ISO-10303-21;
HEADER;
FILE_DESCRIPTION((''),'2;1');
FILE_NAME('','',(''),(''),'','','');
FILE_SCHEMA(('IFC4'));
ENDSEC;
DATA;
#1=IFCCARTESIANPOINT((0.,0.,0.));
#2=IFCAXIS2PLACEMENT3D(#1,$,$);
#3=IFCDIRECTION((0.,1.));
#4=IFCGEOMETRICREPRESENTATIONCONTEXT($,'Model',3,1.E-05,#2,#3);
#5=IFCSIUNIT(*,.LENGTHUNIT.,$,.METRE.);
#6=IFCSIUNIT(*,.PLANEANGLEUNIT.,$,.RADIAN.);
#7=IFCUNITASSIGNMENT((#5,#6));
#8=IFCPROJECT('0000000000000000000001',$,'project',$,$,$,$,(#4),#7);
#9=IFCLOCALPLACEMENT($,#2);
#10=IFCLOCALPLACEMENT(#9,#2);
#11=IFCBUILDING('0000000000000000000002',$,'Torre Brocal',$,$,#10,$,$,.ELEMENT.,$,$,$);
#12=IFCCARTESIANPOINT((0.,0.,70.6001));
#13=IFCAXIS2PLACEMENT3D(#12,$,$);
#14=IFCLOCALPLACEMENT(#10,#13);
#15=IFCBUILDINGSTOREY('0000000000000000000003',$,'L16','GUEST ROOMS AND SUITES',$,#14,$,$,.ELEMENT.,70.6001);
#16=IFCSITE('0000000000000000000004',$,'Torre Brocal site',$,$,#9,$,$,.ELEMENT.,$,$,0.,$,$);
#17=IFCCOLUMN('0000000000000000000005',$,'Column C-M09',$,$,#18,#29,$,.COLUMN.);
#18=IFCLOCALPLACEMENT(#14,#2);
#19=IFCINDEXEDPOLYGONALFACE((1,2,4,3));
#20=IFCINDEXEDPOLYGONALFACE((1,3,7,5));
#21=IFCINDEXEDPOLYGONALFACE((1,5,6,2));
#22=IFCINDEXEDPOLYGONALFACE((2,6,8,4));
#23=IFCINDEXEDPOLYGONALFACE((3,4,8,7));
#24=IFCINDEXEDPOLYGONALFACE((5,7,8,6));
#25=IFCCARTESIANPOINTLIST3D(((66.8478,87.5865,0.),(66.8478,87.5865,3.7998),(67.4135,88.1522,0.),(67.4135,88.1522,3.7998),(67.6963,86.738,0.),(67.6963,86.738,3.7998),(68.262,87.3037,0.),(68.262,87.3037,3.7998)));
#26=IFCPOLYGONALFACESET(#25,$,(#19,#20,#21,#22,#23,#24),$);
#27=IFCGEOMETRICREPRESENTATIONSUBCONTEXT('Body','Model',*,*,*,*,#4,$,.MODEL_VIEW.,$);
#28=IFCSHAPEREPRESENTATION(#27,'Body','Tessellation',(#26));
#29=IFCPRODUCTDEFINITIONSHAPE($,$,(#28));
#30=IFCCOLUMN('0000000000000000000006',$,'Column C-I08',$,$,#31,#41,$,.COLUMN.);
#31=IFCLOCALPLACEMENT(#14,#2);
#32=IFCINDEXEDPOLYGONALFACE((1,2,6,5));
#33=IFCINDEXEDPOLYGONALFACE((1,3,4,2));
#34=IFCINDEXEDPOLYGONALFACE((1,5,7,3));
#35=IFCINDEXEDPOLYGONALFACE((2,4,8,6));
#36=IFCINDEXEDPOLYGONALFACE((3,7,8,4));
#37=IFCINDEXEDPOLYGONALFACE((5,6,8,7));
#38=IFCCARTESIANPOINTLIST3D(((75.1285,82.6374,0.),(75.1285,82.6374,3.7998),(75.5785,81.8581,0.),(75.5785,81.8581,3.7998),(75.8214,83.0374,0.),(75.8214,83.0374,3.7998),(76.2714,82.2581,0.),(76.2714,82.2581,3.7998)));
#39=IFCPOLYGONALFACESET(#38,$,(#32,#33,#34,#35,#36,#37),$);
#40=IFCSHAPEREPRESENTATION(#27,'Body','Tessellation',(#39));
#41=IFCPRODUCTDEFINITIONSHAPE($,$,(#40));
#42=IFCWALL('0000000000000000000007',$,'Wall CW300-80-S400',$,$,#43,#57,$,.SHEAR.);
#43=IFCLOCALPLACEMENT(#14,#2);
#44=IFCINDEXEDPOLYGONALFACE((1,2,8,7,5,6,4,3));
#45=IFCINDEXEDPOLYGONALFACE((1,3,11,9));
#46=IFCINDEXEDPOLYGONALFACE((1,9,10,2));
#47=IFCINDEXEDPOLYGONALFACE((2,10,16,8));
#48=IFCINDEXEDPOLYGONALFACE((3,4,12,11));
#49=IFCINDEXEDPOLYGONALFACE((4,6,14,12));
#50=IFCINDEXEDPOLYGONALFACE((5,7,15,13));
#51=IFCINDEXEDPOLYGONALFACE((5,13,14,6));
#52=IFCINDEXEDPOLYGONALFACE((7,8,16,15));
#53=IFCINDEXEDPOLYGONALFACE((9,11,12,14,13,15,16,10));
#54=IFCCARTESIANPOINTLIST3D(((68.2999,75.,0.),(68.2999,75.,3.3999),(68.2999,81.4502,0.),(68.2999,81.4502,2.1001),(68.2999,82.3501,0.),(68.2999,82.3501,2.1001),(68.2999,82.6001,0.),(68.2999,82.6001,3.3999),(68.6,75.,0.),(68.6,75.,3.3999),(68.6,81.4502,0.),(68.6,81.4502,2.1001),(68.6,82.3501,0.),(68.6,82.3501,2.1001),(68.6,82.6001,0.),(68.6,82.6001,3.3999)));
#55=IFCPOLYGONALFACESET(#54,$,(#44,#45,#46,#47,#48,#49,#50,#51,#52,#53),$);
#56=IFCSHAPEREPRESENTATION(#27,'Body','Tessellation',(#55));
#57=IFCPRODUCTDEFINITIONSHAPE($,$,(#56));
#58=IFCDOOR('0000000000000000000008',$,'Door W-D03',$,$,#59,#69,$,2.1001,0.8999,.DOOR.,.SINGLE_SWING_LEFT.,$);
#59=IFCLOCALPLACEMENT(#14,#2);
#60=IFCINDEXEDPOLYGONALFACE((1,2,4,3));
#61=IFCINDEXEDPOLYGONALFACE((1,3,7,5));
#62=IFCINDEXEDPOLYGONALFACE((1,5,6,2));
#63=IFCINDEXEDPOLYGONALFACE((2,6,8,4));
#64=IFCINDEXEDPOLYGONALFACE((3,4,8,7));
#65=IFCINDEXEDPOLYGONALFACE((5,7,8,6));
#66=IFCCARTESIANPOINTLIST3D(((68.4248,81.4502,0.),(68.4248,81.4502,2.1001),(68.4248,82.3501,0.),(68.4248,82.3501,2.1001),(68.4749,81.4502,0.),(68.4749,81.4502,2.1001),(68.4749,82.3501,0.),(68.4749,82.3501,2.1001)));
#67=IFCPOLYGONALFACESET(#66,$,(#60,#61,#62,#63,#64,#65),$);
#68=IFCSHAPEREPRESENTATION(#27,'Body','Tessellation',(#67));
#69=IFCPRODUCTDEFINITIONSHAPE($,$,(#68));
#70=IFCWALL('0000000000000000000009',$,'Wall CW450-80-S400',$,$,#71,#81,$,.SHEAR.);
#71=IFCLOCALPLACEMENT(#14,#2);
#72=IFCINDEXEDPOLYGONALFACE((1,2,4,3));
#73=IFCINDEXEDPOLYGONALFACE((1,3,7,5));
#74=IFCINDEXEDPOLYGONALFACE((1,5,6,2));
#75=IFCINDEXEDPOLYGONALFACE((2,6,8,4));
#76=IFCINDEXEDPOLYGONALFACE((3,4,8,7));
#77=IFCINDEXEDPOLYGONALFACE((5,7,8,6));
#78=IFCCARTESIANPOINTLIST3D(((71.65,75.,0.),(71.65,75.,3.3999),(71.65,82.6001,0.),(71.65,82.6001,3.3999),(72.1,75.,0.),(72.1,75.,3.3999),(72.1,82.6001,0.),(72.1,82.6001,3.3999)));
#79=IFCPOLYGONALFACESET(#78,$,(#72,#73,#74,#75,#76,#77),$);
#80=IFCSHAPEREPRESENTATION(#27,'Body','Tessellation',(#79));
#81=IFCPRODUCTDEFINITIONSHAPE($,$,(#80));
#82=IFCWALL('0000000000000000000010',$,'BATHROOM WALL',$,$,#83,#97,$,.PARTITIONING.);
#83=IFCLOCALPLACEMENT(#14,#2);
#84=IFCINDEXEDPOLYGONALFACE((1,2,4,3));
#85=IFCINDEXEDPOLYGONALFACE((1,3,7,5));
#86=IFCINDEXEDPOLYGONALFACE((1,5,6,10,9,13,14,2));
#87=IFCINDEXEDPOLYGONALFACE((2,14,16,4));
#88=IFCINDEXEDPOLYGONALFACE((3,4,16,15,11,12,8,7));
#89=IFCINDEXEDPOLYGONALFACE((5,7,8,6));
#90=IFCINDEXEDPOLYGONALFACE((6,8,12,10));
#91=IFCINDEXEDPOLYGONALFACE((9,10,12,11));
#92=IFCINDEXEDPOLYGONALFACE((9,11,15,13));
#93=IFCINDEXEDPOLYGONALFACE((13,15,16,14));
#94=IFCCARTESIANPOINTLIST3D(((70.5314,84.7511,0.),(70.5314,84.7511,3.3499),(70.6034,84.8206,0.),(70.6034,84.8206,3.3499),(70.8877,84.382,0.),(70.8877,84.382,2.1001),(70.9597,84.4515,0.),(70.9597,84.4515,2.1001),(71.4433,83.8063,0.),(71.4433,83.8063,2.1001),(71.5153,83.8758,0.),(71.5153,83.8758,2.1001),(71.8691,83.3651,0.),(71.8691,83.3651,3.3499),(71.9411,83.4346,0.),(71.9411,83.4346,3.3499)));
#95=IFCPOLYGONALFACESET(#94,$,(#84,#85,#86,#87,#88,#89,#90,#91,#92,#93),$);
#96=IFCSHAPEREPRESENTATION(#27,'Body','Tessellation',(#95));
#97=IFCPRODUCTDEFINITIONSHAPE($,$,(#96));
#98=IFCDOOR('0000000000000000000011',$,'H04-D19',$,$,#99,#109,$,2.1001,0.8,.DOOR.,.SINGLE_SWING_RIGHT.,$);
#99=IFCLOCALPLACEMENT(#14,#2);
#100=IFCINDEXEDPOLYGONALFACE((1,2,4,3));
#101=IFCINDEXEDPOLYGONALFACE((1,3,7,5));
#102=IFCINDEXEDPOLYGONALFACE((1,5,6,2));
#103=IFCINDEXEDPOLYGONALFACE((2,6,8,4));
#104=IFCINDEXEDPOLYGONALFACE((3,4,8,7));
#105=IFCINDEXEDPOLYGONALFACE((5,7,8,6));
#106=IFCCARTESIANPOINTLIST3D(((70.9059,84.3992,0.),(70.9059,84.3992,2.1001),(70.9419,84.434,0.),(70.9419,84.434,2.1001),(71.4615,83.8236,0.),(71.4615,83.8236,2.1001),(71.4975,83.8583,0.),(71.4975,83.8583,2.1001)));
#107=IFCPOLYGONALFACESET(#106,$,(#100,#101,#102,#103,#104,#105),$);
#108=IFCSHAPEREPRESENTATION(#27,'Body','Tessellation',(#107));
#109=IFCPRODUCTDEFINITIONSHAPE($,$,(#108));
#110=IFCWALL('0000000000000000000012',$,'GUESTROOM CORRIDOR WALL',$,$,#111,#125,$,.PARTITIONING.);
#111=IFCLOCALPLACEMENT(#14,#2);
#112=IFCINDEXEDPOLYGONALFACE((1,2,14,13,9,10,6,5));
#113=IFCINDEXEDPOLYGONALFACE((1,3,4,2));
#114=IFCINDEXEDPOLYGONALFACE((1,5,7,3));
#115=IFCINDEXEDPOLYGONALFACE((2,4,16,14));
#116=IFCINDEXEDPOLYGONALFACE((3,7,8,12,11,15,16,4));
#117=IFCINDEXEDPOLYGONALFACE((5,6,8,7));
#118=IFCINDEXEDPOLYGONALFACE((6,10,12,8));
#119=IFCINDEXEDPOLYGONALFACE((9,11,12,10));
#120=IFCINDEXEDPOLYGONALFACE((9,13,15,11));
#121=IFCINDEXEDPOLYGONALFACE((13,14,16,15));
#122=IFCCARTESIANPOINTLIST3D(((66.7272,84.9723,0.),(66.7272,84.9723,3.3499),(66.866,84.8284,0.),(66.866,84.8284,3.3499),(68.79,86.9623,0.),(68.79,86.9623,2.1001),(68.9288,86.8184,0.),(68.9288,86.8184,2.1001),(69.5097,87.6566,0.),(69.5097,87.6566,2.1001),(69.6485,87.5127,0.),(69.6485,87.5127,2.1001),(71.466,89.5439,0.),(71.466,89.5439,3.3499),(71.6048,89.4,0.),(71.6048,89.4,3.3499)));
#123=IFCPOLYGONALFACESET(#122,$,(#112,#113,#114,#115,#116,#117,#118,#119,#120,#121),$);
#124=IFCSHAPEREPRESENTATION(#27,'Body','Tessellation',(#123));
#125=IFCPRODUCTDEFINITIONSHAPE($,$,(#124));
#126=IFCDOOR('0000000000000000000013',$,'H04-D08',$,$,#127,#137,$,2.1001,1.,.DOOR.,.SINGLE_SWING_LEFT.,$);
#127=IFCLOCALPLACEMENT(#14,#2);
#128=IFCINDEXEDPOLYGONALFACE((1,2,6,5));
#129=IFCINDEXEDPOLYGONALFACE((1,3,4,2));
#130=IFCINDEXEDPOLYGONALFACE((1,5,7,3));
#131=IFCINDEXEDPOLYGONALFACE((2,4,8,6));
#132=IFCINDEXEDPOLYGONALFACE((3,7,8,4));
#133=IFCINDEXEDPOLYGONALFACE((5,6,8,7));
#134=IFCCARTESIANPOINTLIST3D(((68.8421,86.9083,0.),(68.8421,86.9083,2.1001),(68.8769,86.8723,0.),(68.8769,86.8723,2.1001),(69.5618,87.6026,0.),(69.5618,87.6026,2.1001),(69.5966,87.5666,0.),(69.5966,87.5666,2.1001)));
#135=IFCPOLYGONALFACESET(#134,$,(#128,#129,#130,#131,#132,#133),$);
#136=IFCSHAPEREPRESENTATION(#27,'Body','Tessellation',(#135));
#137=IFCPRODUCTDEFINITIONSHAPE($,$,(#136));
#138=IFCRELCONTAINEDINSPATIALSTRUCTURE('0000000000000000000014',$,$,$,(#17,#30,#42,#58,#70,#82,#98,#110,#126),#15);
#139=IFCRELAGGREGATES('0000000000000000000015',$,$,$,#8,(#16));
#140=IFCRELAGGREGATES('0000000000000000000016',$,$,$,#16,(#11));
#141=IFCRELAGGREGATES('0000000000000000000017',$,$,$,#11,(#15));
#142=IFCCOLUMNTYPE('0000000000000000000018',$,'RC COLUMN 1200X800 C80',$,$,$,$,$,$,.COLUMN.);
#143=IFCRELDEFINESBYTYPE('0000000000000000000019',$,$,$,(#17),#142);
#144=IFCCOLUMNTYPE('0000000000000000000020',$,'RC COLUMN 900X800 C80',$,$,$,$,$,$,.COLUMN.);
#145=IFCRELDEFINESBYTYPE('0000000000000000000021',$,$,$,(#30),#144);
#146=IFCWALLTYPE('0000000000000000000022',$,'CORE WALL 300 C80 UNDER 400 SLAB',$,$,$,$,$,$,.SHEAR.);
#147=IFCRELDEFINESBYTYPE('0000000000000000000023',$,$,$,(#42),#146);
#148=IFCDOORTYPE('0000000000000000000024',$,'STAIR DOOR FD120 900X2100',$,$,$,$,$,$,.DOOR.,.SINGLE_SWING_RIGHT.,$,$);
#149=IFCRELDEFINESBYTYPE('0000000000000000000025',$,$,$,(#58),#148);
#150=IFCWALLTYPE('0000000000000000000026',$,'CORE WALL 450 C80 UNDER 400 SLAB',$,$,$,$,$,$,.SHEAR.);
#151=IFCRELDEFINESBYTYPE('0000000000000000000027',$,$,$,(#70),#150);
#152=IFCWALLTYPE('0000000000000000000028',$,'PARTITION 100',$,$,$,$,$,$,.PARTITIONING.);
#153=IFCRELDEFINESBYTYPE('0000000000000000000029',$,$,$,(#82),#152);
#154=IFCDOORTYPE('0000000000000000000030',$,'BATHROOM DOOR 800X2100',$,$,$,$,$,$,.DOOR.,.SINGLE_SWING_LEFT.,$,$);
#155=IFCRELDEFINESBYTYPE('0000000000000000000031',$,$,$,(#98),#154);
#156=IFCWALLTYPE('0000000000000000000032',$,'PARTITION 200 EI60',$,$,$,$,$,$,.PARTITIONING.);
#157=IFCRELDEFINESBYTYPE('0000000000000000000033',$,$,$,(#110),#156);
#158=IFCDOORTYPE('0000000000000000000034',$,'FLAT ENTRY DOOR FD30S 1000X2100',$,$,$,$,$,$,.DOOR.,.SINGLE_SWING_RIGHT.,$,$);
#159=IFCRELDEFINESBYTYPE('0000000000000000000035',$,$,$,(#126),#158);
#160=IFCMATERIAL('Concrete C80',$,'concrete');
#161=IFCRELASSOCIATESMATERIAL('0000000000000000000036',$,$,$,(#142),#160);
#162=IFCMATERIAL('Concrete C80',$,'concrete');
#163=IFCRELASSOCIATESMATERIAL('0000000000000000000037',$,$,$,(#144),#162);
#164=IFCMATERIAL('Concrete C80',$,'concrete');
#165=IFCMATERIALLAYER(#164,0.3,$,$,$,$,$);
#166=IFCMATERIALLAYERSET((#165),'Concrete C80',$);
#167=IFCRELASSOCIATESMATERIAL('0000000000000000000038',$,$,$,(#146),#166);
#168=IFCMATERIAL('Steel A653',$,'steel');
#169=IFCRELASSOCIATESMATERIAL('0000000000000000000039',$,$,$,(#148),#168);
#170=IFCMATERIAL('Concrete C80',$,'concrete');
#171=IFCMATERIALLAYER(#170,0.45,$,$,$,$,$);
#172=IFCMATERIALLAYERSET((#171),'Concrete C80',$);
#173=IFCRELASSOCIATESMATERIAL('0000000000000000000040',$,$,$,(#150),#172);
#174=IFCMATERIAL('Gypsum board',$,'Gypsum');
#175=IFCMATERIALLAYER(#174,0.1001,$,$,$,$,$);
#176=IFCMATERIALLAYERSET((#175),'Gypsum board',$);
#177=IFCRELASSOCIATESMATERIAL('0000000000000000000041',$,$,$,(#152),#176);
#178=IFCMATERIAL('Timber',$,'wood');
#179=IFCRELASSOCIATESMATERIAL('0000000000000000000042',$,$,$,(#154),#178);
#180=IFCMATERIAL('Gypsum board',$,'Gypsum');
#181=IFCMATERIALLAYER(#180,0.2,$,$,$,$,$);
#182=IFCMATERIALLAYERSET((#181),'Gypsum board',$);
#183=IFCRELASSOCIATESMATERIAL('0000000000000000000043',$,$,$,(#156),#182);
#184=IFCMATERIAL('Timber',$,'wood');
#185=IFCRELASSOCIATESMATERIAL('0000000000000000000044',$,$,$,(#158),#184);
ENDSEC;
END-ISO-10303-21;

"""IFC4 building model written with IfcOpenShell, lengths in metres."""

from ifc_helpers import new_model, si_unit, direction, frame, frame_2d, origin, origin_2d, place, context, subcontext, project, spatial, rectangle, extrude, material, layer, layer_set, material_profile, profile_set, type_object, element, fill, save


model = new_model("IFC4")

# Units and contexts
model_context = context("Model", 3, precision=1e-05, world=origin(), true_north=direction((0.0, 1.0)))
body_context = subcontext(model_context, "Body", "Model", "MODEL_VIEW")
ifc_project = project(units=[si_unit("LENGTHUNIT", "METRE"), si_unit("PLANEANGLEUNIT", "RADIAN")], contexts=[model_context])

# Site, building, storey
site_placement = place(None, origin())
site = spatial("IfcSite", under=ifc_project, at=site_placement, Name="Torre Brocal site", CompositionType="ELEMENT", RefElevation=0.0)
building_placement = place(site_placement, origin())
building = spatial("IfcBuilding", under=site, at=building_placement, Name="Torre Brocal", CompositionType="ELEMENT")
storey_placement = place(building_placement, frame((0.0, 0.0, 70.6001)))
storey = spatial("IfcBuildingStorey", under=building, at=storey_placement, Name="L16", Description="GUEST ROOMS AND SUITES", CompositionType="ELEMENT", Elevation=70.6001)

# Columns
ifc_material_1 = material(Name="Concrete C80", Category="concrete")
ifc_material_profile_1 = material_profile(ifc_material_1, rectangle(XDim=1.2, YDim=0.8, at=origin_2d()), Name="RC 1200X800")
ifc_profile_set_1 = profile_set([ifc_material_profile_1], Name="Concrete C80")
column_type_1 = type_object("IfcColumnType", Name="RC COLUMN 1200X800 C80", PredefinedType="COLUMN", material=ifc_profile_set_1)
column_1_placement = place(storey_placement, frame((67.5549, 87.4451, 0.0), z_axis=(0.0, 0.0, 1.0), x_axis=(-0.707107, 0.707107, 0.0)))
element("IfcColumn", 1, at=column_1_placement, inside=storey, type_object=column_type_1, Name="Column C-M09", PredefinedType="COLUMN", context=body_context, shape_type="SweptSolid", body=[
    extrude(rectangle(XDim=1.2, YDim=0.8, at=origin_2d()), origin(), (0.0, 0.0, 1.0), 3.7998),
])
ifc_material_2 = material(Name="Concrete C80", Category="concrete")
ifc_material_profile_2 = material_profile(ifc_material_2, rectangle(XDim=0.8999, YDim=0.8, at=origin_2d()), Name="RC 900X800")
ifc_profile_set_2 = profile_set([ifc_material_profile_2], Name="Concrete C80")
column_type_2 = type_object("IfcColumnType", Name="RC COLUMN 900X800 C80", PredefinedType="COLUMN", material=ifc_profile_set_2)
column_2_placement = place(storey_placement, frame((75.7, 82.4478, 0.0), z_axis=(0.0, 0.0, 1.0), x_axis=(-0.5, 0.866025, 0.0)))
element("IfcColumn", 2, at=column_2_placement, inside=storey, type_object=column_type_2, Name="Column C-I08", PredefinedType="COLUMN", context=body_context, shape_type="SweptSolid", body=[
    extrude(rectangle(XDim=0.8999, YDim=0.8, at=origin_2d()), origin(), (0.0, 0.0, 1.0), 3.7998),
])

# Wall, opening, door
ifc_material_3 = material(Name="Concrete C80", Category="concrete")
ifc_layer_1 = layer(ifc_material_3, 0.3)
ifc_layer_set_1 = layer_set([ifc_layer_1], Name="Concrete C80")
wall_type_1 = type_object("IfcWallType", Name="CORE WALL 300 C80 UNDER 400 SLAB", PredefinedType="SHEAR", material=ifc_layer_set_1)
wall_1_placement = place(storey_placement, frame((68.45, 82.6001, 0.0), z_axis=(0.0, 0.0, 1.0), x_axis=(0.0, -1.0, 0.0)))
wall_1 = element("IfcWall", 3, at=wall_1_placement, inside=storey, type_object=wall_type_1, Name="Wall CW300-80-S400", PredefinedType="SHEAR", context=body_context, shape_type="SweptSolid", body=[
    extrude(rectangle(XDim=7.6001, YDim=0.3, at=frame_2d((3.8, 0.0))), origin(), (0.0, 0.0, 1.0), 3.3999),
])
opening_1_placement = place(wall_1_placement, frame((0.25, 0.0, 0.0)))
opening_1 = element("IfcOpeningElement", 4, at=opening_1_placement, cuts=wall_1, PredefinedType="OPENING", context=body_context, shape_type="SweptSolid", body=[
    extrude(rectangle(XDim=0.8999, YDim=2.1001, at=frame_2d((0.45, 1.05))), frame((0.0, 0.1599, 0.0), z_axis=(0.0, -1.0, 0.0), x_axis=(1.0, 0.0, 0.0)), (0.0, 0.0, 1.0), 0.3201),
])
ifc_material_4 = material(Name="Steel A653", Category="steel")
door_type_1 = type_object("IfcDoorType", Name="STAIR DOOR FD120 900X2100", OperationType="SINGLE_SWING_RIGHT", PredefinedType="DOOR", material=ifc_material_4)
door_1_placement = place(opening_1_placement, origin())
door_1 = element("IfcDoor", 5, at=door_1_placement, inside=storey, type_object=door_type_1, Name="Door W-D03", OperationType="SINGLE_SWING_LEFT", OverallHeight=2.1001, OverallWidth=0.8999, PredefinedType="DOOR", context=body_context, shape_type="SweptSolid", body=[
    extrude(rectangle(XDim=0.8999, YDim=2.1001, at=frame_2d((0.45, 1.05))), frame((0.0, 0.0249, 0.0), z_axis=(0.0, -1.0, 0.0), x_axis=(1.0, 0.0, 0.0)), (0.0, 0.0, 1.0), 0.05),
])
fill(opening_1, door_1)

# Wall
ifc_material_5 = material(Name="Concrete C80", Category="concrete")
ifc_layer_2 = layer(ifc_material_5, 0.45)
ifc_layer_set_2 = layer_set([ifc_layer_2], Name="Concrete C80")
wall_type_2 = type_object("IfcWallType", Name="CORE WALL 450 C80 UNDER 400 SLAB", PredefinedType="SHEAR", material=ifc_layer_set_2)
wall_2_placement = place(storey_placement, frame((71.875, 82.6001, 0.0), z_axis=(0.0, 0.0, 1.0), x_axis=(0.0, -1.0, 0.0)))
element("IfcWall", 6, at=wall_2_placement, inside=storey, type_object=wall_type_2, Name="Wall CW450-80-S400", PredefinedType="SHEAR", context=body_context, shape_type="SweptSolid", body=[
    extrude(rectangle(XDim=7.6001, YDim=0.45, at=frame_2d((3.8, 0.0))), origin(), (0.0, 0.0, 1.0), 3.3999),
])

# Walls, openings, doors
ifc_material_6 = material(Name="Gypsum board", Category="Gypsum")
ifc_layer_3 = layer(ifc_material_6, 0.1001)
ifc_layer_set_3 = layer_set([ifc_layer_3], Name="Gypsum board")
wall_type_3 = type_object("IfcWallType", Name="PARTITION 100", PredefinedType="PARTITIONING", material=ifc_layer_set_3)
wall_3_placement = place(storey_placement, frame((70.5674, 84.7859, 0.0), z_axis=(0.0, 0.0, 1.0), x_axis=(0.694447, -0.719543, 0.0)))
wall_3 = element("IfcWall", 7, at=wall_3_placement, inside=storey, type_object=wall_type_3, Name="BATHROOM WALL", PredefinedType="PARTITIONING", context=body_context, shape_type="SweptSolid", body=[
    extrude(rectangle(XDim=1.9263, YDim=0.1001, at=frame_2d((0.9631, 0.0))), origin(), (0.0, 0.0, 1.0), 3.3499),
])
opening_2_placement = place(wall_3_placement, frame((0.5132, 0.0, 0.0)))
opening_2 = element("IfcOpeningElement", 8, at=opening_2_placement, cuts=wall_3, PredefinedType="OPENING", context=body_context, shape_type="SweptSolid", body=[
    extrude(rectangle(XDim=0.8, YDim=2.1001, at=frame_2d((0.3999, 1.05))), frame((0.0, 0.0601, 0.0), z_axis=(0.0, -1.0, 0.0), x_axis=(1.0, 0.0, 0.0)), (0.0, 0.0, 1.0), 0.1201),
])
ifc_material_7 = material(Name="Timber", Category="wood")
door_type_2 = type_object("IfcDoorType", Name="BATHROOM DOOR 800X2100", OperationType="SINGLE_SWING_LEFT", PredefinedType="DOOR", material=ifc_material_7)
door_2_placement = place(opening_2_placement, frame((0.8, 0.0, 0.0), z_axis=(0.0, 0.0, 1.0), x_axis=(-1.0, 0.0, 0.0)))
door_2 = element("IfcDoor", 9, at=door_2_placement, inside=storey, type_object=door_type_2, Name="H04-D19", OperationType="SINGLE_SWING_RIGHT", OverallHeight=2.1001, OverallWidth=0.8, PredefinedType="DOOR", context=body_context, shape_type="SweptSolid", body=[
    extrude(rectangle(XDim=0.8, YDim=2.1001, at=frame_2d((0.3999, 1.05))), frame((0.0, 0.0249, 0.0), z_axis=(0.0, -1.0, 0.0), x_axis=(1.0, 0.0, 0.0)), (0.0, 0.0, 1.0), 0.05),
])
fill(opening_2, door_2)
ifc_material_8 = material(Name="Gypsum board", Category="Gypsum")
ifc_layer_4 = layer(ifc_material_8, 0.2)
ifc_layer_set_4 = layer_set([ifc_layer_4], Name="Gypsum board")
wall_type_4 = type_object("IfcWallType", Name="PARTITION 200 EI60", PredefinedType="PARTITIONING", material=ifc_layer_set_4)
wall_4_placement = place(storey_placement, frame((66.7966, 84.9004, 0.0), z_axis=(0.0, 0.0, 1.0), x_axis=(0.719692, 0.694293, 0.0)))
wall_4 = element("IfcWall", 10, at=wall_4_placement, inside=storey, type_object=wall_type_4, Name="GUESTROOM CORRIDOR WALL", PredefinedType="PARTITIONING", context=body_context, shape_type="SweptSolid", body=[
    extrude(rectangle(XDim=6.5845, YDim=0.2, at=frame_2d((3.2922, 0.0))), origin(), (0.0, 0.0, 1.0), 3.3499),
])
opening_3_placement = place(wall_4_placement, frame((2.8662, 0.0, 0.0)))
opening_3 = element("IfcOpeningElement", 11, at=opening_3_placement, cuts=wall_4, PredefinedType="OPENING", context=body_context, shape_type="SweptSolid", body=[
    extrude(rectangle(XDim=1.0, YDim=2.1001, at=frame_2d((0.5, 1.05))), frame((0.0, 0.1099, 0.0), z_axis=(0.0, -1.0, 0.0), x_axis=(1.0, 0.0, 0.0)), (0.0, 0.0, 1.0), 0.22),
])
ifc_material_9 = material(Name="Timber", Category="wood")
door_type_3 = type_object("IfcDoorType", Name="FLAT ENTRY DOOR FD30S 1000X2100", OperationType="SINGLE_SWING_RIGHT", PredefinedType="DOOR", material=ifc_material_9)
door_3_placement = place(opening_3_placement, origin())
door_3 = element("IfcDoor", 12, at=door_3_placement, inside=storey, type_object=door_type_3, Name="H04-D08", OperationType="SINGLE_SWING_LEFT", OverallHeight=2.1001, OverallWidth=1.0, PredefinedType="DOOR", context=body_context, shape_type="SweptSolid", body=[
    extrude(rectangle(XDim=1.0, YDim=2.1001, at=frame_2d((0.5, 1.05))), frame((0.0, 0.0249, 0.0), z_axis=(0.0, -1.0, 0.0), x_axis=(1.0, 0.0, 0.0)), (0.0, 0.0, 1.0), 0.05),
])
fill(opening_3, door_3)

save(model, "model.ifc")
